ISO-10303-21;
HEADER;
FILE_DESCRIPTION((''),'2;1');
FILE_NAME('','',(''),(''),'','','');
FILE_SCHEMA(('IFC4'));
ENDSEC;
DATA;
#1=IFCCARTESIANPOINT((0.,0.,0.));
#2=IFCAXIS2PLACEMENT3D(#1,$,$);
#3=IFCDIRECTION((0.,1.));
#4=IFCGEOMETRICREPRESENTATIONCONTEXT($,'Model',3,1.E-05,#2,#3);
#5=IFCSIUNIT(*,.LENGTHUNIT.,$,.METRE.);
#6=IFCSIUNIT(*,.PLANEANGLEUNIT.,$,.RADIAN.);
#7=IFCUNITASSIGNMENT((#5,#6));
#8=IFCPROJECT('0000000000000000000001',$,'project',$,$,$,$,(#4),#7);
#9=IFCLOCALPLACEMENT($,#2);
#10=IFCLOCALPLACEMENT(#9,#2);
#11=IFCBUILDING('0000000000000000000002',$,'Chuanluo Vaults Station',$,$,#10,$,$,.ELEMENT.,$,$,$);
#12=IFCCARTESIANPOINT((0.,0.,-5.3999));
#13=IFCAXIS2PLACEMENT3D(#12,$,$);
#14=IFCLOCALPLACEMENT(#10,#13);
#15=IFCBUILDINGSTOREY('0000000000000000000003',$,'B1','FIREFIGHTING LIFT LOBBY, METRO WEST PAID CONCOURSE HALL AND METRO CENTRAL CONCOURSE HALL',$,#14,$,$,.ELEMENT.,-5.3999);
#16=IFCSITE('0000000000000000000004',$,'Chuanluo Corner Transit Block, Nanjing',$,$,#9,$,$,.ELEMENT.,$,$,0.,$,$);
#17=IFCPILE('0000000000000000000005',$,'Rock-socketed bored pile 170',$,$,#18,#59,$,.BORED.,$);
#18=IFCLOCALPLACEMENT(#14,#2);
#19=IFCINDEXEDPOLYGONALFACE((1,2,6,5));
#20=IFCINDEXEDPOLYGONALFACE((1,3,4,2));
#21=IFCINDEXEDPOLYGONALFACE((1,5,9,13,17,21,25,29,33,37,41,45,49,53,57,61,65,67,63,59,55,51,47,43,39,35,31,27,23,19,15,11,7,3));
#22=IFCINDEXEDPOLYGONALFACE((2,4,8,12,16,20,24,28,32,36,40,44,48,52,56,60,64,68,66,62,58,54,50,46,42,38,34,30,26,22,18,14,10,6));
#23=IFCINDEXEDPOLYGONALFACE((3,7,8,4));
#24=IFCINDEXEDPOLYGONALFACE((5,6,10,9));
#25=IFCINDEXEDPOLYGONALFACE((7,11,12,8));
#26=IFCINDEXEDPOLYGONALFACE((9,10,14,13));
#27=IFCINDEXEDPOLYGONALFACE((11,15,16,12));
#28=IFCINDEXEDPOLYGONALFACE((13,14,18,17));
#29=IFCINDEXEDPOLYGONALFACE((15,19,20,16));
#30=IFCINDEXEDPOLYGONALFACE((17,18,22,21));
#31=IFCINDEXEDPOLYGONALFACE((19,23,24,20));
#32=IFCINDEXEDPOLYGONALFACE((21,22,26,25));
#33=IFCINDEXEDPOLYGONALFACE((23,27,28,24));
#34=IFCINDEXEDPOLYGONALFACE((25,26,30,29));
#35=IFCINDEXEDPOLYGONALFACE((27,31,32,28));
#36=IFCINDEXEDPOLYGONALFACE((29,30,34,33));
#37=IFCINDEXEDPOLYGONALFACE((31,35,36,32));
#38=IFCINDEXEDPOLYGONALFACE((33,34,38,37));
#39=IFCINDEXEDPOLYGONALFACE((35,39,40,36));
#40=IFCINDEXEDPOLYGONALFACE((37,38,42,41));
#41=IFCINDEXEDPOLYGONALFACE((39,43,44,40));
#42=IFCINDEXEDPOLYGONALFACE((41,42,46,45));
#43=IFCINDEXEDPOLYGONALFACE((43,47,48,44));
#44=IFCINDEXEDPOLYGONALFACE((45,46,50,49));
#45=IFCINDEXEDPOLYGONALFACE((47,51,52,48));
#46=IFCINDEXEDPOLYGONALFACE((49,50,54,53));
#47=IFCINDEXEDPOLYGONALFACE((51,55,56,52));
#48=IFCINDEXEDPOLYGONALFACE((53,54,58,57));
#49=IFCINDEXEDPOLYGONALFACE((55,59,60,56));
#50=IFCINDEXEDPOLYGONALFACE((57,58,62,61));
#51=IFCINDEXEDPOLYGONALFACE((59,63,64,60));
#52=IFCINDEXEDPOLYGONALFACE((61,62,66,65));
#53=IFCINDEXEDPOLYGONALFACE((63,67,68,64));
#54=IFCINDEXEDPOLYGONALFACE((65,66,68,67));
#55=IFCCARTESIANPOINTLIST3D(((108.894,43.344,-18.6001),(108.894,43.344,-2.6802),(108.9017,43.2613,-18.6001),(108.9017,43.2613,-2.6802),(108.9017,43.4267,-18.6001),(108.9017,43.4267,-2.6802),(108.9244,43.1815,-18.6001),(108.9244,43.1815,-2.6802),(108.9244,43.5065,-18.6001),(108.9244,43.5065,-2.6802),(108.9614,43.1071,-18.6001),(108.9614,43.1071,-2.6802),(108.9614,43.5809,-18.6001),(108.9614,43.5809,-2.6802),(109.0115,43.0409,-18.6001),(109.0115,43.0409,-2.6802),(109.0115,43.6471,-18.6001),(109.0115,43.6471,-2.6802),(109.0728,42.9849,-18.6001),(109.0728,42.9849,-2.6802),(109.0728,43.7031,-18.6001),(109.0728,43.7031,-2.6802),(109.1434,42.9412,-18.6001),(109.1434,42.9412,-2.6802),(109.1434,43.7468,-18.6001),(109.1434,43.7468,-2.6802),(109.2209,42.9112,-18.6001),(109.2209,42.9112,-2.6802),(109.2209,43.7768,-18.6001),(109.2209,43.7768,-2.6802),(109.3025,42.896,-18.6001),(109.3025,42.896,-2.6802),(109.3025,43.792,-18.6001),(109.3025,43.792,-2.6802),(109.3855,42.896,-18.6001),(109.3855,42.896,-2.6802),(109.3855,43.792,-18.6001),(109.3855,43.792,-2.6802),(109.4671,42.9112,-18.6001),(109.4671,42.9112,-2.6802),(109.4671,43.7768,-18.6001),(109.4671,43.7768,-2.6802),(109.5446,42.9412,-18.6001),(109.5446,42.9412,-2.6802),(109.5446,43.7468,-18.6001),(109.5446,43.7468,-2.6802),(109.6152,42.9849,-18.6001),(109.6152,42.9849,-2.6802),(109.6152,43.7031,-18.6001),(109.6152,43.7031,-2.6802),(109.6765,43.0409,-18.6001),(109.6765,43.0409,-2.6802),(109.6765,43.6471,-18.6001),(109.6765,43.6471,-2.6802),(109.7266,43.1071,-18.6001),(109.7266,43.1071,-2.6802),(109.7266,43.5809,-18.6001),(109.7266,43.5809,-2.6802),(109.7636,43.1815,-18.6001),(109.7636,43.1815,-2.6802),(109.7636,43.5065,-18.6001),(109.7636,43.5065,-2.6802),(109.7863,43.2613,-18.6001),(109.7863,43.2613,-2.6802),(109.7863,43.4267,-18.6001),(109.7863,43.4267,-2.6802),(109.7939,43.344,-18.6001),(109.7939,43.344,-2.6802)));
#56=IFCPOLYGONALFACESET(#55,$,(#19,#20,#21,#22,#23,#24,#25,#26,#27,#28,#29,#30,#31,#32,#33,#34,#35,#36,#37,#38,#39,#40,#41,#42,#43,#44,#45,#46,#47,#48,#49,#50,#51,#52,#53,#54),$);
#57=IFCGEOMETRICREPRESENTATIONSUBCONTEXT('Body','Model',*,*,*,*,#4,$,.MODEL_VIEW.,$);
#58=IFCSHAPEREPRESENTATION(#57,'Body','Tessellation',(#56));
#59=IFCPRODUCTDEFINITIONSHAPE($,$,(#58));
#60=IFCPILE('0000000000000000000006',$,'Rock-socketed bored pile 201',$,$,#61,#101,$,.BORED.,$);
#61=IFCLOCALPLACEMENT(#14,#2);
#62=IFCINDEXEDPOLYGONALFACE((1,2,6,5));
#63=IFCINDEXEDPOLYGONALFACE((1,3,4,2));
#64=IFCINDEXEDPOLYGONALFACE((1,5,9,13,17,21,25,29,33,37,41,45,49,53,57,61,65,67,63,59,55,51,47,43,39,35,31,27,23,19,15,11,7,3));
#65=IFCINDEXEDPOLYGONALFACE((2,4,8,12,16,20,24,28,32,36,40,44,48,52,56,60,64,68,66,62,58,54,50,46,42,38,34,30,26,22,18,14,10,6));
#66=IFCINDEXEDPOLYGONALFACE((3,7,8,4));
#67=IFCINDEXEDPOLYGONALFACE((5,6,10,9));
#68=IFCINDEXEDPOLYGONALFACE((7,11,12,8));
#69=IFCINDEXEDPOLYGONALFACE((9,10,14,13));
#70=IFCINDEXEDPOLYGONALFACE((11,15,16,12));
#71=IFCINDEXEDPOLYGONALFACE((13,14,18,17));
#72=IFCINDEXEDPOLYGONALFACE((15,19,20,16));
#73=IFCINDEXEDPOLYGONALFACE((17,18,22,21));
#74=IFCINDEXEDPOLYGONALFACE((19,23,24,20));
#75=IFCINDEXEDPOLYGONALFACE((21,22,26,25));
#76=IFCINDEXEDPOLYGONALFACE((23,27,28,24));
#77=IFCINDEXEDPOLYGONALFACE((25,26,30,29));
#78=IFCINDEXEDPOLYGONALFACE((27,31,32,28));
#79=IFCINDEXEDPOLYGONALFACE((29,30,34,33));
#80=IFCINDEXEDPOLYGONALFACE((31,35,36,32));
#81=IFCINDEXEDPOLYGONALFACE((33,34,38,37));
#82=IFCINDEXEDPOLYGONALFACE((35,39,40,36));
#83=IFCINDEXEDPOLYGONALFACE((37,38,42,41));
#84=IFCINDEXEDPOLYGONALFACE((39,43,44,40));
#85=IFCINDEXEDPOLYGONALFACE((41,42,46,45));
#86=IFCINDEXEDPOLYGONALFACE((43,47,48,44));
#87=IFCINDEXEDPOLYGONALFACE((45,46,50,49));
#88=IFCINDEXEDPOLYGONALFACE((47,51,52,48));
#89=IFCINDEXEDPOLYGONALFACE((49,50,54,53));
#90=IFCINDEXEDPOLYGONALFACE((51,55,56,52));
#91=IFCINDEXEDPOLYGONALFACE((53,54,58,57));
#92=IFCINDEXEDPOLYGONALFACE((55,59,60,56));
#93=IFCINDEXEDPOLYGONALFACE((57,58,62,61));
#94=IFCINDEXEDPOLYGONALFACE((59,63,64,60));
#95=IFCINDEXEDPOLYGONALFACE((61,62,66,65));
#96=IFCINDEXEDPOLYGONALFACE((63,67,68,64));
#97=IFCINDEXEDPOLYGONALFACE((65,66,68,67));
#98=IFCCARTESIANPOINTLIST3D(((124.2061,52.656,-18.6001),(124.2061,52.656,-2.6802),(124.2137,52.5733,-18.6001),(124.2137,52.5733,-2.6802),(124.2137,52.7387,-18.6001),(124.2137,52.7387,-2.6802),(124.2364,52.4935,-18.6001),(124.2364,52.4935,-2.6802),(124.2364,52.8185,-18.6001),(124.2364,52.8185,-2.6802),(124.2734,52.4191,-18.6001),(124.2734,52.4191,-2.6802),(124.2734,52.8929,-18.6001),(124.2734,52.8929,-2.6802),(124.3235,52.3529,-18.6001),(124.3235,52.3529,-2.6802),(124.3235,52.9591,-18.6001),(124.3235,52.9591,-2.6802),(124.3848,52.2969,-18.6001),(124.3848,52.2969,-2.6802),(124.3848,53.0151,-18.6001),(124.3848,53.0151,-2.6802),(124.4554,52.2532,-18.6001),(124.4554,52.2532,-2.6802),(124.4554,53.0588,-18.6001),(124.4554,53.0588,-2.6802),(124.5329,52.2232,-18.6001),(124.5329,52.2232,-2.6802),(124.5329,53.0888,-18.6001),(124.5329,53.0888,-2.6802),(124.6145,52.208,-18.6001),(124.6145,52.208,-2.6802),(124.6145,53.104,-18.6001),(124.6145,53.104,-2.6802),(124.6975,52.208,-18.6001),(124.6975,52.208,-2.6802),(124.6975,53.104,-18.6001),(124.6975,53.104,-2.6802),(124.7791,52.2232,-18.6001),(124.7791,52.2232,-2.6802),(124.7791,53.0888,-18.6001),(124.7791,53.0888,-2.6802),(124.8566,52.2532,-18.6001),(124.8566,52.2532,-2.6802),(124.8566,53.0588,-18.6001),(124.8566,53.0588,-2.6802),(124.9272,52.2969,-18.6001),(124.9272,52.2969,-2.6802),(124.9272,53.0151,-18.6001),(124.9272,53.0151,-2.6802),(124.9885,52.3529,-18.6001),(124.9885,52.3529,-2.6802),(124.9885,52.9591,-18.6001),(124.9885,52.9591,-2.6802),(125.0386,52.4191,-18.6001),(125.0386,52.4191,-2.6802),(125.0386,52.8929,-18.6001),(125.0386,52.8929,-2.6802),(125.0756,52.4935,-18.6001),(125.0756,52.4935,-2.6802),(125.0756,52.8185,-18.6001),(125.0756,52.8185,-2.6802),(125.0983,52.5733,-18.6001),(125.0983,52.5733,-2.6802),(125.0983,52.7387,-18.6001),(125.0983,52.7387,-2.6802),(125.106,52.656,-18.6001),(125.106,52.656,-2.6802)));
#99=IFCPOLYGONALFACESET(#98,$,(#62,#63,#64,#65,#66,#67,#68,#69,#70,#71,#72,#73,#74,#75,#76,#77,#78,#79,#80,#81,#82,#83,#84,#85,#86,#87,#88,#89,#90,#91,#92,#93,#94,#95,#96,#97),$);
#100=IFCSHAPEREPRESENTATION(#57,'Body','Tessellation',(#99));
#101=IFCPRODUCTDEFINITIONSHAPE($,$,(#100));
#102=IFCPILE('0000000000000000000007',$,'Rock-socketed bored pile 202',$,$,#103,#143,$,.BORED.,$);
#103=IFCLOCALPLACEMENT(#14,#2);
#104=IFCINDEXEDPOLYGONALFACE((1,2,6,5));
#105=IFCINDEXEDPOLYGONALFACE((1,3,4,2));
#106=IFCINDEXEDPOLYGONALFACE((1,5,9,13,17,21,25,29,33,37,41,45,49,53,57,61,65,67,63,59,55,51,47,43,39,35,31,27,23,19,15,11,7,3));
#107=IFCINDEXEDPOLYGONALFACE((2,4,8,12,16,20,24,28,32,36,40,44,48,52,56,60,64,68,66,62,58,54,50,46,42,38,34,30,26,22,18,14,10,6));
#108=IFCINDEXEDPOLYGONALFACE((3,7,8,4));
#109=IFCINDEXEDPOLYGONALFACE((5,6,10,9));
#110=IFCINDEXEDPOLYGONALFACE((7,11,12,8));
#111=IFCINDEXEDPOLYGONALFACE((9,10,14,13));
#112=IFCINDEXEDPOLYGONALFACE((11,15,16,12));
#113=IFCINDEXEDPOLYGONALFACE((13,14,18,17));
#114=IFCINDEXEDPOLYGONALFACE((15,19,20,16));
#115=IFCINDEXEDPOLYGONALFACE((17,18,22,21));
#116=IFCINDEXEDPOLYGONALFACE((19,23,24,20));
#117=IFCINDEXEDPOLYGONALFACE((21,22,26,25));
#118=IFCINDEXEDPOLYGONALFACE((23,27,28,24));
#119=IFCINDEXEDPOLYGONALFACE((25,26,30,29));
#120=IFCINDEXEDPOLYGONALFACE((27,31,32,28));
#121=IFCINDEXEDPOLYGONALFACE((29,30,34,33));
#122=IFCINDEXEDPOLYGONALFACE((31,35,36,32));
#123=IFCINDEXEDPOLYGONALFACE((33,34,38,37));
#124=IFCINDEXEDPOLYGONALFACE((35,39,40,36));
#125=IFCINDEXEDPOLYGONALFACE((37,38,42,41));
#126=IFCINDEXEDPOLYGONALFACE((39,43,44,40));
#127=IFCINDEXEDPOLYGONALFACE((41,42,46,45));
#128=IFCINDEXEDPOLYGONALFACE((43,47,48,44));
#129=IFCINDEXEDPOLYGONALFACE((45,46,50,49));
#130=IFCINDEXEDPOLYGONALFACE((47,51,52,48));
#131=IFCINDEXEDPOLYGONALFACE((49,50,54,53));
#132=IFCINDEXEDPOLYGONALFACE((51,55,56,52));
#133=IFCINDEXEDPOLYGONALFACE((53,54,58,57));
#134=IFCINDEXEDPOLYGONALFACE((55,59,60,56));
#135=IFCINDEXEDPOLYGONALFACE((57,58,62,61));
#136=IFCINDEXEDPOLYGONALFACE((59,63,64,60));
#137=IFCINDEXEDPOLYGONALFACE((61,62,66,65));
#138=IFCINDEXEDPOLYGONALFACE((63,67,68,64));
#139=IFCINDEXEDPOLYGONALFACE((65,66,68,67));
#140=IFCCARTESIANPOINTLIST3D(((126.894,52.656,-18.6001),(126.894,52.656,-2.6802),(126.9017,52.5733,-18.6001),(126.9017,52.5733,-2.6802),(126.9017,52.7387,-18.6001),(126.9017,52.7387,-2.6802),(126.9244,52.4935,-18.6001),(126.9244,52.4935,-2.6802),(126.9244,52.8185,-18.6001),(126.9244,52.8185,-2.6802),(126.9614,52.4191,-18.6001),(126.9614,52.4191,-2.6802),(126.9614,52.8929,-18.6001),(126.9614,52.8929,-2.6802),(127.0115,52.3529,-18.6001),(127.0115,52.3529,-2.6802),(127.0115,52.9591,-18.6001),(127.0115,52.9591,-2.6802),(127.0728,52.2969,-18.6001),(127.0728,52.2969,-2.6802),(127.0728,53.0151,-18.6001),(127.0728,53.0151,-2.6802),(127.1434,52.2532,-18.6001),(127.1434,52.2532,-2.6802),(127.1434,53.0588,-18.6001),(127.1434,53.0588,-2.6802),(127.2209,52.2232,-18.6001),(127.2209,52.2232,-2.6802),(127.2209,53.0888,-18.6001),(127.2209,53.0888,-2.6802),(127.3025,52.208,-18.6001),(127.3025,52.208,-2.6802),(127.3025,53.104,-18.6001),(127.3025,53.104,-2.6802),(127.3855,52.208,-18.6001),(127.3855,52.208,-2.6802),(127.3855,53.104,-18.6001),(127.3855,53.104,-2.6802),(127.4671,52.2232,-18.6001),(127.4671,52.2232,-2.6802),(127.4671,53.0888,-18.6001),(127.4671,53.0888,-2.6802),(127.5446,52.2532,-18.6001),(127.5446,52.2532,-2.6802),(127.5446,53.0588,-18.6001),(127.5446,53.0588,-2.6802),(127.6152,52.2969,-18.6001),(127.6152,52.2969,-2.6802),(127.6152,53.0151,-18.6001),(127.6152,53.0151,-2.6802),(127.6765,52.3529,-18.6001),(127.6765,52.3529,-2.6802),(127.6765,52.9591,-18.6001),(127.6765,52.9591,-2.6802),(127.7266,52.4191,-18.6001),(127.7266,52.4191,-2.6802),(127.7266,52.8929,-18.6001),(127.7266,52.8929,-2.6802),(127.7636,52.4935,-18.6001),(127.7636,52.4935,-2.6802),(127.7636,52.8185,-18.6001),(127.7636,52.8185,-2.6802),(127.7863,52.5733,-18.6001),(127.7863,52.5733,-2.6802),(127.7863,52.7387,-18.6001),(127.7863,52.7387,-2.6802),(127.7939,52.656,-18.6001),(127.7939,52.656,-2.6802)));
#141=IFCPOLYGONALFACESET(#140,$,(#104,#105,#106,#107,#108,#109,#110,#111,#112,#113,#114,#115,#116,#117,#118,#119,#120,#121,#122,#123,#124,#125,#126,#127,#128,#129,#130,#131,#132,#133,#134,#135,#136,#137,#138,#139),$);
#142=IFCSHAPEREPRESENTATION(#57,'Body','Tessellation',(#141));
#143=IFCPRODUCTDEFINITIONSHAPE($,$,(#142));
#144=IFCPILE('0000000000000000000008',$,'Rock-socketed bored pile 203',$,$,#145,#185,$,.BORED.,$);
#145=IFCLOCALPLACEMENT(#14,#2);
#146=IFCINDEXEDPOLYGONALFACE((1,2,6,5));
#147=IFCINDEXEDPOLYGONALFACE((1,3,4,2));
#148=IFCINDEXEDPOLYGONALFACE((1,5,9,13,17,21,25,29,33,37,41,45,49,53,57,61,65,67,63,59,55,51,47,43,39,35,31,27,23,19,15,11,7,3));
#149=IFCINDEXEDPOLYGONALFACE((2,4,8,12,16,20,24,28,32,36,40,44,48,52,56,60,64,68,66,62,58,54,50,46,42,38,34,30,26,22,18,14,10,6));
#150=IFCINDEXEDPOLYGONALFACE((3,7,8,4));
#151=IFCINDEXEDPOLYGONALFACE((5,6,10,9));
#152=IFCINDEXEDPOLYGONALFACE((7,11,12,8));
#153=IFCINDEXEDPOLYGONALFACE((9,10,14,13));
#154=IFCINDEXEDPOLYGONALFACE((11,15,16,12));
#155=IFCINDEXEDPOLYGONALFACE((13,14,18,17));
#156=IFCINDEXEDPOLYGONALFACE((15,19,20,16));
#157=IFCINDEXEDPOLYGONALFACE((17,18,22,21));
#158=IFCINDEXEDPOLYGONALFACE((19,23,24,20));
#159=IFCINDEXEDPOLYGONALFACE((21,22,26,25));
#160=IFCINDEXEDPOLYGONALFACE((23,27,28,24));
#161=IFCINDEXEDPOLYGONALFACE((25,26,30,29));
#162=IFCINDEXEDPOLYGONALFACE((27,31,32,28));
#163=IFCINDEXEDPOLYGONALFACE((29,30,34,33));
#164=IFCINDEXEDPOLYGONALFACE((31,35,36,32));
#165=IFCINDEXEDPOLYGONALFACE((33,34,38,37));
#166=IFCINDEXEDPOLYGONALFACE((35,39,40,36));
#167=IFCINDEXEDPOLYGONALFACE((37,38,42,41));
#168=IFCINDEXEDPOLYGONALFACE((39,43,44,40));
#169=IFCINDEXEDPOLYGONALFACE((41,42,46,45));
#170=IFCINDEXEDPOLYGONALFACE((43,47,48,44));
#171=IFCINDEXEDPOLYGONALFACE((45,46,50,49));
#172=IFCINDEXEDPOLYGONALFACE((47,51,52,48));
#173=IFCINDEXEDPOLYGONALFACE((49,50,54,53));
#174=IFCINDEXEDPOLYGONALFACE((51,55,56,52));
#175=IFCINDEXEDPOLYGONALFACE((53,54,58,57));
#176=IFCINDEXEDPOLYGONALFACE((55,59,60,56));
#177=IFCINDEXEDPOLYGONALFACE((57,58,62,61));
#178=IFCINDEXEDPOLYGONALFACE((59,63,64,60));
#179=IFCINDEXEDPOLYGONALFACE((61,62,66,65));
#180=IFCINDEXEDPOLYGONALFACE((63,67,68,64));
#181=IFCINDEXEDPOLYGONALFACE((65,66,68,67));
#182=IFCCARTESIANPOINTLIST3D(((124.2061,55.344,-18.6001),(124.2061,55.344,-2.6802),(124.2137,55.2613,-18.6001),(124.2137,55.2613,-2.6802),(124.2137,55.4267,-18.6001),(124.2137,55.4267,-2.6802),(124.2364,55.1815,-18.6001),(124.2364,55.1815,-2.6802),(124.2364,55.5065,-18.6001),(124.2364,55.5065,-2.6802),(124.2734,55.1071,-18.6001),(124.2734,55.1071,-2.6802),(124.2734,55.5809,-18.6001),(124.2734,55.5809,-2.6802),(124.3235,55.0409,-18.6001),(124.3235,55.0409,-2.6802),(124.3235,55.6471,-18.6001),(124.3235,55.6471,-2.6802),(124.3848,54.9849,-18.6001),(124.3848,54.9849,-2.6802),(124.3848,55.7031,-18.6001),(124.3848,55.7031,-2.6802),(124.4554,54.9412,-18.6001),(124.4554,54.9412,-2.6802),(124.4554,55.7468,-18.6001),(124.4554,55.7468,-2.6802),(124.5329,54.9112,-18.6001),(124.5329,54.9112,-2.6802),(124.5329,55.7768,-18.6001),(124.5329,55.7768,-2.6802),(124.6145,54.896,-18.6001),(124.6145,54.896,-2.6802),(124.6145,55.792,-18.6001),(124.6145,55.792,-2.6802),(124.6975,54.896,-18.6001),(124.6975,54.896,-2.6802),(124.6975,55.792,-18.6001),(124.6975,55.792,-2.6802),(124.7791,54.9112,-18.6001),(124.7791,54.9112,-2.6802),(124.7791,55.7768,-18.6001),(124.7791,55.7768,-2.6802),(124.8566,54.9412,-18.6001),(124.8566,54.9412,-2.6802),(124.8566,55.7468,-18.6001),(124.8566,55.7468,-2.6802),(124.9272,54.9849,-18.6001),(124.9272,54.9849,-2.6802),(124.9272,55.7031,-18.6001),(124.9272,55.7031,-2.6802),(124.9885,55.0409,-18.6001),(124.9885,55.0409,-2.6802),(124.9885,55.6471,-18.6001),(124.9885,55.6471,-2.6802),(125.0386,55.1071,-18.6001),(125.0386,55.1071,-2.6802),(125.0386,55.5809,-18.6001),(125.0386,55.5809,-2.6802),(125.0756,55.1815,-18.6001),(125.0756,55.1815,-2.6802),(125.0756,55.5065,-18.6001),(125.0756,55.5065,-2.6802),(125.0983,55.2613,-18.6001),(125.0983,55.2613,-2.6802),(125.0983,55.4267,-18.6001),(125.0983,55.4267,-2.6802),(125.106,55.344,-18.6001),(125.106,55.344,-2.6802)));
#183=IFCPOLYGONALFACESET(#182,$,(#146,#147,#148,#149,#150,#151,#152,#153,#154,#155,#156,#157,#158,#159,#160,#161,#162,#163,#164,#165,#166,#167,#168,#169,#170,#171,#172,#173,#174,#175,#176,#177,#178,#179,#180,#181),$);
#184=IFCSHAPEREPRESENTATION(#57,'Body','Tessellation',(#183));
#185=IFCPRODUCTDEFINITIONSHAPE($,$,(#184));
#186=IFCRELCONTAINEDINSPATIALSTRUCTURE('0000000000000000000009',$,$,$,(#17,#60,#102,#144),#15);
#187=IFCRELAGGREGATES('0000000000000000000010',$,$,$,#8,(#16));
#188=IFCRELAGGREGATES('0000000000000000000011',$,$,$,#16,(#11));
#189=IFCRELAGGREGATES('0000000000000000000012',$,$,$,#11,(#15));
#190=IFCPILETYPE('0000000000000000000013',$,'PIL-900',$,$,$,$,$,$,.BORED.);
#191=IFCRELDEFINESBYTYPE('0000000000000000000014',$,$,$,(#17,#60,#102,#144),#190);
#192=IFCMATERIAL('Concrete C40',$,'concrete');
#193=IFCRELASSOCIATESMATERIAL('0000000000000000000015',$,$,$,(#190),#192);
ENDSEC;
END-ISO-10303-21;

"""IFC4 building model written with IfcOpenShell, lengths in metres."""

from ifc_helpers import new_model, si_unit, direction, frame, origin, origin_2d, place, context, subcontext, project, spatial, circle, extrude, material, material_profile, profile_set, type_object, element, save


model = new_model("IFC4")

# Units and contexts
model_context = context("Model", 3, precision=1e-05, world=origin(), true_north=direction((0.0, 1.0)))
body_context = subcontext(model_context, "Body", "Model", "MODEL_VIEW")
ifc_project = project(units=[si_unit("LENGTHUNIT", "METRE"), si_unit("PLANEANGLEUNIT", "RADIAN")], contexts=[model_context])

# Site, building, storey
site_placement = place(None, origin())
site = spatial("IfcSite", under=ifc_project, at=site_placement, Name="Chuanluo Corner Transit Block, Nanjing", CompositionType="ELEMENT", RefElevation=0.0)
building_placement = place(site_placement, origin())
building = spatial("IfcBuilding", under=site, at=building_placement, Name="Chuanluo Vaults Station", CompositionType="ELEMENT")
storey_placement = place(building_placement, frame((0.0, 0.0, -5.3999)))
storey = spatial("IfcBuildingStorey", under=building, at=storey_placement, Name="B1", Description="FIREFIGHTING LIFT LOBBY, METRO WEST PAID CONCOURSE HALL AND METRO CENTRAL CONCOURSE HALL", CompositionType="ELEMENT", Elevation=-5.3999)

# Piles
ifc_material_1 = material(Name="Concrete C40", Category="concrete")
ifc_material_profile_1 = material_profile(ifc_material_1, circle(Radius=0.45, at=origin_2d()))
ifc_profile_set_1 = profile_set([ifc_material_profile_1], Name="Concrete C40")
pile_type_1 = type_object("IfcPileType", Name="PIL-900", PredefinedType="BORED", material=ifc_profile_set_1)
for number, where, z_axis, x_axis, name in (
    (1, (109.344, 43.344, -2.6802), (0.0, 0.0, -1.0), (1.0, 0.0, 0.0), "Rock-socketed bored pile 170"),
    (2, (124.656, 52.656, -2.6802), (0.0, 0.0, -1.0), (1.0, 0.0, 0.0), "Rock-socketed bored pile 201"),
    (3, (127.344, 52.656, -2.6802), (0.0, 0.0, -1.0), (1.0, 0.0, 0.0), "Rock-socketed bored pile 202"),
    (4, (124.656, 55.344, -2.6802), (0.0, 0.0, -1.0), (1.0, 0.0, 0.0), "Rock-socketed bored pile 203"),
):
    element("IfcPile", number, at=place(storey_placement, frame(where, z_axis=z_axis, x_axis=x_axis)), inside=storey, type_object=pile_type_1, Name=name, PredefinedType="BORED", context=body_context, shape_type="SweptSolid", body=[
        extrude(circle(Radius=0.45, at=origin_2d()), origin(), (0.0, 0.0, 1.0), 15.9199),
    ])

save(model, "model.ifc")
